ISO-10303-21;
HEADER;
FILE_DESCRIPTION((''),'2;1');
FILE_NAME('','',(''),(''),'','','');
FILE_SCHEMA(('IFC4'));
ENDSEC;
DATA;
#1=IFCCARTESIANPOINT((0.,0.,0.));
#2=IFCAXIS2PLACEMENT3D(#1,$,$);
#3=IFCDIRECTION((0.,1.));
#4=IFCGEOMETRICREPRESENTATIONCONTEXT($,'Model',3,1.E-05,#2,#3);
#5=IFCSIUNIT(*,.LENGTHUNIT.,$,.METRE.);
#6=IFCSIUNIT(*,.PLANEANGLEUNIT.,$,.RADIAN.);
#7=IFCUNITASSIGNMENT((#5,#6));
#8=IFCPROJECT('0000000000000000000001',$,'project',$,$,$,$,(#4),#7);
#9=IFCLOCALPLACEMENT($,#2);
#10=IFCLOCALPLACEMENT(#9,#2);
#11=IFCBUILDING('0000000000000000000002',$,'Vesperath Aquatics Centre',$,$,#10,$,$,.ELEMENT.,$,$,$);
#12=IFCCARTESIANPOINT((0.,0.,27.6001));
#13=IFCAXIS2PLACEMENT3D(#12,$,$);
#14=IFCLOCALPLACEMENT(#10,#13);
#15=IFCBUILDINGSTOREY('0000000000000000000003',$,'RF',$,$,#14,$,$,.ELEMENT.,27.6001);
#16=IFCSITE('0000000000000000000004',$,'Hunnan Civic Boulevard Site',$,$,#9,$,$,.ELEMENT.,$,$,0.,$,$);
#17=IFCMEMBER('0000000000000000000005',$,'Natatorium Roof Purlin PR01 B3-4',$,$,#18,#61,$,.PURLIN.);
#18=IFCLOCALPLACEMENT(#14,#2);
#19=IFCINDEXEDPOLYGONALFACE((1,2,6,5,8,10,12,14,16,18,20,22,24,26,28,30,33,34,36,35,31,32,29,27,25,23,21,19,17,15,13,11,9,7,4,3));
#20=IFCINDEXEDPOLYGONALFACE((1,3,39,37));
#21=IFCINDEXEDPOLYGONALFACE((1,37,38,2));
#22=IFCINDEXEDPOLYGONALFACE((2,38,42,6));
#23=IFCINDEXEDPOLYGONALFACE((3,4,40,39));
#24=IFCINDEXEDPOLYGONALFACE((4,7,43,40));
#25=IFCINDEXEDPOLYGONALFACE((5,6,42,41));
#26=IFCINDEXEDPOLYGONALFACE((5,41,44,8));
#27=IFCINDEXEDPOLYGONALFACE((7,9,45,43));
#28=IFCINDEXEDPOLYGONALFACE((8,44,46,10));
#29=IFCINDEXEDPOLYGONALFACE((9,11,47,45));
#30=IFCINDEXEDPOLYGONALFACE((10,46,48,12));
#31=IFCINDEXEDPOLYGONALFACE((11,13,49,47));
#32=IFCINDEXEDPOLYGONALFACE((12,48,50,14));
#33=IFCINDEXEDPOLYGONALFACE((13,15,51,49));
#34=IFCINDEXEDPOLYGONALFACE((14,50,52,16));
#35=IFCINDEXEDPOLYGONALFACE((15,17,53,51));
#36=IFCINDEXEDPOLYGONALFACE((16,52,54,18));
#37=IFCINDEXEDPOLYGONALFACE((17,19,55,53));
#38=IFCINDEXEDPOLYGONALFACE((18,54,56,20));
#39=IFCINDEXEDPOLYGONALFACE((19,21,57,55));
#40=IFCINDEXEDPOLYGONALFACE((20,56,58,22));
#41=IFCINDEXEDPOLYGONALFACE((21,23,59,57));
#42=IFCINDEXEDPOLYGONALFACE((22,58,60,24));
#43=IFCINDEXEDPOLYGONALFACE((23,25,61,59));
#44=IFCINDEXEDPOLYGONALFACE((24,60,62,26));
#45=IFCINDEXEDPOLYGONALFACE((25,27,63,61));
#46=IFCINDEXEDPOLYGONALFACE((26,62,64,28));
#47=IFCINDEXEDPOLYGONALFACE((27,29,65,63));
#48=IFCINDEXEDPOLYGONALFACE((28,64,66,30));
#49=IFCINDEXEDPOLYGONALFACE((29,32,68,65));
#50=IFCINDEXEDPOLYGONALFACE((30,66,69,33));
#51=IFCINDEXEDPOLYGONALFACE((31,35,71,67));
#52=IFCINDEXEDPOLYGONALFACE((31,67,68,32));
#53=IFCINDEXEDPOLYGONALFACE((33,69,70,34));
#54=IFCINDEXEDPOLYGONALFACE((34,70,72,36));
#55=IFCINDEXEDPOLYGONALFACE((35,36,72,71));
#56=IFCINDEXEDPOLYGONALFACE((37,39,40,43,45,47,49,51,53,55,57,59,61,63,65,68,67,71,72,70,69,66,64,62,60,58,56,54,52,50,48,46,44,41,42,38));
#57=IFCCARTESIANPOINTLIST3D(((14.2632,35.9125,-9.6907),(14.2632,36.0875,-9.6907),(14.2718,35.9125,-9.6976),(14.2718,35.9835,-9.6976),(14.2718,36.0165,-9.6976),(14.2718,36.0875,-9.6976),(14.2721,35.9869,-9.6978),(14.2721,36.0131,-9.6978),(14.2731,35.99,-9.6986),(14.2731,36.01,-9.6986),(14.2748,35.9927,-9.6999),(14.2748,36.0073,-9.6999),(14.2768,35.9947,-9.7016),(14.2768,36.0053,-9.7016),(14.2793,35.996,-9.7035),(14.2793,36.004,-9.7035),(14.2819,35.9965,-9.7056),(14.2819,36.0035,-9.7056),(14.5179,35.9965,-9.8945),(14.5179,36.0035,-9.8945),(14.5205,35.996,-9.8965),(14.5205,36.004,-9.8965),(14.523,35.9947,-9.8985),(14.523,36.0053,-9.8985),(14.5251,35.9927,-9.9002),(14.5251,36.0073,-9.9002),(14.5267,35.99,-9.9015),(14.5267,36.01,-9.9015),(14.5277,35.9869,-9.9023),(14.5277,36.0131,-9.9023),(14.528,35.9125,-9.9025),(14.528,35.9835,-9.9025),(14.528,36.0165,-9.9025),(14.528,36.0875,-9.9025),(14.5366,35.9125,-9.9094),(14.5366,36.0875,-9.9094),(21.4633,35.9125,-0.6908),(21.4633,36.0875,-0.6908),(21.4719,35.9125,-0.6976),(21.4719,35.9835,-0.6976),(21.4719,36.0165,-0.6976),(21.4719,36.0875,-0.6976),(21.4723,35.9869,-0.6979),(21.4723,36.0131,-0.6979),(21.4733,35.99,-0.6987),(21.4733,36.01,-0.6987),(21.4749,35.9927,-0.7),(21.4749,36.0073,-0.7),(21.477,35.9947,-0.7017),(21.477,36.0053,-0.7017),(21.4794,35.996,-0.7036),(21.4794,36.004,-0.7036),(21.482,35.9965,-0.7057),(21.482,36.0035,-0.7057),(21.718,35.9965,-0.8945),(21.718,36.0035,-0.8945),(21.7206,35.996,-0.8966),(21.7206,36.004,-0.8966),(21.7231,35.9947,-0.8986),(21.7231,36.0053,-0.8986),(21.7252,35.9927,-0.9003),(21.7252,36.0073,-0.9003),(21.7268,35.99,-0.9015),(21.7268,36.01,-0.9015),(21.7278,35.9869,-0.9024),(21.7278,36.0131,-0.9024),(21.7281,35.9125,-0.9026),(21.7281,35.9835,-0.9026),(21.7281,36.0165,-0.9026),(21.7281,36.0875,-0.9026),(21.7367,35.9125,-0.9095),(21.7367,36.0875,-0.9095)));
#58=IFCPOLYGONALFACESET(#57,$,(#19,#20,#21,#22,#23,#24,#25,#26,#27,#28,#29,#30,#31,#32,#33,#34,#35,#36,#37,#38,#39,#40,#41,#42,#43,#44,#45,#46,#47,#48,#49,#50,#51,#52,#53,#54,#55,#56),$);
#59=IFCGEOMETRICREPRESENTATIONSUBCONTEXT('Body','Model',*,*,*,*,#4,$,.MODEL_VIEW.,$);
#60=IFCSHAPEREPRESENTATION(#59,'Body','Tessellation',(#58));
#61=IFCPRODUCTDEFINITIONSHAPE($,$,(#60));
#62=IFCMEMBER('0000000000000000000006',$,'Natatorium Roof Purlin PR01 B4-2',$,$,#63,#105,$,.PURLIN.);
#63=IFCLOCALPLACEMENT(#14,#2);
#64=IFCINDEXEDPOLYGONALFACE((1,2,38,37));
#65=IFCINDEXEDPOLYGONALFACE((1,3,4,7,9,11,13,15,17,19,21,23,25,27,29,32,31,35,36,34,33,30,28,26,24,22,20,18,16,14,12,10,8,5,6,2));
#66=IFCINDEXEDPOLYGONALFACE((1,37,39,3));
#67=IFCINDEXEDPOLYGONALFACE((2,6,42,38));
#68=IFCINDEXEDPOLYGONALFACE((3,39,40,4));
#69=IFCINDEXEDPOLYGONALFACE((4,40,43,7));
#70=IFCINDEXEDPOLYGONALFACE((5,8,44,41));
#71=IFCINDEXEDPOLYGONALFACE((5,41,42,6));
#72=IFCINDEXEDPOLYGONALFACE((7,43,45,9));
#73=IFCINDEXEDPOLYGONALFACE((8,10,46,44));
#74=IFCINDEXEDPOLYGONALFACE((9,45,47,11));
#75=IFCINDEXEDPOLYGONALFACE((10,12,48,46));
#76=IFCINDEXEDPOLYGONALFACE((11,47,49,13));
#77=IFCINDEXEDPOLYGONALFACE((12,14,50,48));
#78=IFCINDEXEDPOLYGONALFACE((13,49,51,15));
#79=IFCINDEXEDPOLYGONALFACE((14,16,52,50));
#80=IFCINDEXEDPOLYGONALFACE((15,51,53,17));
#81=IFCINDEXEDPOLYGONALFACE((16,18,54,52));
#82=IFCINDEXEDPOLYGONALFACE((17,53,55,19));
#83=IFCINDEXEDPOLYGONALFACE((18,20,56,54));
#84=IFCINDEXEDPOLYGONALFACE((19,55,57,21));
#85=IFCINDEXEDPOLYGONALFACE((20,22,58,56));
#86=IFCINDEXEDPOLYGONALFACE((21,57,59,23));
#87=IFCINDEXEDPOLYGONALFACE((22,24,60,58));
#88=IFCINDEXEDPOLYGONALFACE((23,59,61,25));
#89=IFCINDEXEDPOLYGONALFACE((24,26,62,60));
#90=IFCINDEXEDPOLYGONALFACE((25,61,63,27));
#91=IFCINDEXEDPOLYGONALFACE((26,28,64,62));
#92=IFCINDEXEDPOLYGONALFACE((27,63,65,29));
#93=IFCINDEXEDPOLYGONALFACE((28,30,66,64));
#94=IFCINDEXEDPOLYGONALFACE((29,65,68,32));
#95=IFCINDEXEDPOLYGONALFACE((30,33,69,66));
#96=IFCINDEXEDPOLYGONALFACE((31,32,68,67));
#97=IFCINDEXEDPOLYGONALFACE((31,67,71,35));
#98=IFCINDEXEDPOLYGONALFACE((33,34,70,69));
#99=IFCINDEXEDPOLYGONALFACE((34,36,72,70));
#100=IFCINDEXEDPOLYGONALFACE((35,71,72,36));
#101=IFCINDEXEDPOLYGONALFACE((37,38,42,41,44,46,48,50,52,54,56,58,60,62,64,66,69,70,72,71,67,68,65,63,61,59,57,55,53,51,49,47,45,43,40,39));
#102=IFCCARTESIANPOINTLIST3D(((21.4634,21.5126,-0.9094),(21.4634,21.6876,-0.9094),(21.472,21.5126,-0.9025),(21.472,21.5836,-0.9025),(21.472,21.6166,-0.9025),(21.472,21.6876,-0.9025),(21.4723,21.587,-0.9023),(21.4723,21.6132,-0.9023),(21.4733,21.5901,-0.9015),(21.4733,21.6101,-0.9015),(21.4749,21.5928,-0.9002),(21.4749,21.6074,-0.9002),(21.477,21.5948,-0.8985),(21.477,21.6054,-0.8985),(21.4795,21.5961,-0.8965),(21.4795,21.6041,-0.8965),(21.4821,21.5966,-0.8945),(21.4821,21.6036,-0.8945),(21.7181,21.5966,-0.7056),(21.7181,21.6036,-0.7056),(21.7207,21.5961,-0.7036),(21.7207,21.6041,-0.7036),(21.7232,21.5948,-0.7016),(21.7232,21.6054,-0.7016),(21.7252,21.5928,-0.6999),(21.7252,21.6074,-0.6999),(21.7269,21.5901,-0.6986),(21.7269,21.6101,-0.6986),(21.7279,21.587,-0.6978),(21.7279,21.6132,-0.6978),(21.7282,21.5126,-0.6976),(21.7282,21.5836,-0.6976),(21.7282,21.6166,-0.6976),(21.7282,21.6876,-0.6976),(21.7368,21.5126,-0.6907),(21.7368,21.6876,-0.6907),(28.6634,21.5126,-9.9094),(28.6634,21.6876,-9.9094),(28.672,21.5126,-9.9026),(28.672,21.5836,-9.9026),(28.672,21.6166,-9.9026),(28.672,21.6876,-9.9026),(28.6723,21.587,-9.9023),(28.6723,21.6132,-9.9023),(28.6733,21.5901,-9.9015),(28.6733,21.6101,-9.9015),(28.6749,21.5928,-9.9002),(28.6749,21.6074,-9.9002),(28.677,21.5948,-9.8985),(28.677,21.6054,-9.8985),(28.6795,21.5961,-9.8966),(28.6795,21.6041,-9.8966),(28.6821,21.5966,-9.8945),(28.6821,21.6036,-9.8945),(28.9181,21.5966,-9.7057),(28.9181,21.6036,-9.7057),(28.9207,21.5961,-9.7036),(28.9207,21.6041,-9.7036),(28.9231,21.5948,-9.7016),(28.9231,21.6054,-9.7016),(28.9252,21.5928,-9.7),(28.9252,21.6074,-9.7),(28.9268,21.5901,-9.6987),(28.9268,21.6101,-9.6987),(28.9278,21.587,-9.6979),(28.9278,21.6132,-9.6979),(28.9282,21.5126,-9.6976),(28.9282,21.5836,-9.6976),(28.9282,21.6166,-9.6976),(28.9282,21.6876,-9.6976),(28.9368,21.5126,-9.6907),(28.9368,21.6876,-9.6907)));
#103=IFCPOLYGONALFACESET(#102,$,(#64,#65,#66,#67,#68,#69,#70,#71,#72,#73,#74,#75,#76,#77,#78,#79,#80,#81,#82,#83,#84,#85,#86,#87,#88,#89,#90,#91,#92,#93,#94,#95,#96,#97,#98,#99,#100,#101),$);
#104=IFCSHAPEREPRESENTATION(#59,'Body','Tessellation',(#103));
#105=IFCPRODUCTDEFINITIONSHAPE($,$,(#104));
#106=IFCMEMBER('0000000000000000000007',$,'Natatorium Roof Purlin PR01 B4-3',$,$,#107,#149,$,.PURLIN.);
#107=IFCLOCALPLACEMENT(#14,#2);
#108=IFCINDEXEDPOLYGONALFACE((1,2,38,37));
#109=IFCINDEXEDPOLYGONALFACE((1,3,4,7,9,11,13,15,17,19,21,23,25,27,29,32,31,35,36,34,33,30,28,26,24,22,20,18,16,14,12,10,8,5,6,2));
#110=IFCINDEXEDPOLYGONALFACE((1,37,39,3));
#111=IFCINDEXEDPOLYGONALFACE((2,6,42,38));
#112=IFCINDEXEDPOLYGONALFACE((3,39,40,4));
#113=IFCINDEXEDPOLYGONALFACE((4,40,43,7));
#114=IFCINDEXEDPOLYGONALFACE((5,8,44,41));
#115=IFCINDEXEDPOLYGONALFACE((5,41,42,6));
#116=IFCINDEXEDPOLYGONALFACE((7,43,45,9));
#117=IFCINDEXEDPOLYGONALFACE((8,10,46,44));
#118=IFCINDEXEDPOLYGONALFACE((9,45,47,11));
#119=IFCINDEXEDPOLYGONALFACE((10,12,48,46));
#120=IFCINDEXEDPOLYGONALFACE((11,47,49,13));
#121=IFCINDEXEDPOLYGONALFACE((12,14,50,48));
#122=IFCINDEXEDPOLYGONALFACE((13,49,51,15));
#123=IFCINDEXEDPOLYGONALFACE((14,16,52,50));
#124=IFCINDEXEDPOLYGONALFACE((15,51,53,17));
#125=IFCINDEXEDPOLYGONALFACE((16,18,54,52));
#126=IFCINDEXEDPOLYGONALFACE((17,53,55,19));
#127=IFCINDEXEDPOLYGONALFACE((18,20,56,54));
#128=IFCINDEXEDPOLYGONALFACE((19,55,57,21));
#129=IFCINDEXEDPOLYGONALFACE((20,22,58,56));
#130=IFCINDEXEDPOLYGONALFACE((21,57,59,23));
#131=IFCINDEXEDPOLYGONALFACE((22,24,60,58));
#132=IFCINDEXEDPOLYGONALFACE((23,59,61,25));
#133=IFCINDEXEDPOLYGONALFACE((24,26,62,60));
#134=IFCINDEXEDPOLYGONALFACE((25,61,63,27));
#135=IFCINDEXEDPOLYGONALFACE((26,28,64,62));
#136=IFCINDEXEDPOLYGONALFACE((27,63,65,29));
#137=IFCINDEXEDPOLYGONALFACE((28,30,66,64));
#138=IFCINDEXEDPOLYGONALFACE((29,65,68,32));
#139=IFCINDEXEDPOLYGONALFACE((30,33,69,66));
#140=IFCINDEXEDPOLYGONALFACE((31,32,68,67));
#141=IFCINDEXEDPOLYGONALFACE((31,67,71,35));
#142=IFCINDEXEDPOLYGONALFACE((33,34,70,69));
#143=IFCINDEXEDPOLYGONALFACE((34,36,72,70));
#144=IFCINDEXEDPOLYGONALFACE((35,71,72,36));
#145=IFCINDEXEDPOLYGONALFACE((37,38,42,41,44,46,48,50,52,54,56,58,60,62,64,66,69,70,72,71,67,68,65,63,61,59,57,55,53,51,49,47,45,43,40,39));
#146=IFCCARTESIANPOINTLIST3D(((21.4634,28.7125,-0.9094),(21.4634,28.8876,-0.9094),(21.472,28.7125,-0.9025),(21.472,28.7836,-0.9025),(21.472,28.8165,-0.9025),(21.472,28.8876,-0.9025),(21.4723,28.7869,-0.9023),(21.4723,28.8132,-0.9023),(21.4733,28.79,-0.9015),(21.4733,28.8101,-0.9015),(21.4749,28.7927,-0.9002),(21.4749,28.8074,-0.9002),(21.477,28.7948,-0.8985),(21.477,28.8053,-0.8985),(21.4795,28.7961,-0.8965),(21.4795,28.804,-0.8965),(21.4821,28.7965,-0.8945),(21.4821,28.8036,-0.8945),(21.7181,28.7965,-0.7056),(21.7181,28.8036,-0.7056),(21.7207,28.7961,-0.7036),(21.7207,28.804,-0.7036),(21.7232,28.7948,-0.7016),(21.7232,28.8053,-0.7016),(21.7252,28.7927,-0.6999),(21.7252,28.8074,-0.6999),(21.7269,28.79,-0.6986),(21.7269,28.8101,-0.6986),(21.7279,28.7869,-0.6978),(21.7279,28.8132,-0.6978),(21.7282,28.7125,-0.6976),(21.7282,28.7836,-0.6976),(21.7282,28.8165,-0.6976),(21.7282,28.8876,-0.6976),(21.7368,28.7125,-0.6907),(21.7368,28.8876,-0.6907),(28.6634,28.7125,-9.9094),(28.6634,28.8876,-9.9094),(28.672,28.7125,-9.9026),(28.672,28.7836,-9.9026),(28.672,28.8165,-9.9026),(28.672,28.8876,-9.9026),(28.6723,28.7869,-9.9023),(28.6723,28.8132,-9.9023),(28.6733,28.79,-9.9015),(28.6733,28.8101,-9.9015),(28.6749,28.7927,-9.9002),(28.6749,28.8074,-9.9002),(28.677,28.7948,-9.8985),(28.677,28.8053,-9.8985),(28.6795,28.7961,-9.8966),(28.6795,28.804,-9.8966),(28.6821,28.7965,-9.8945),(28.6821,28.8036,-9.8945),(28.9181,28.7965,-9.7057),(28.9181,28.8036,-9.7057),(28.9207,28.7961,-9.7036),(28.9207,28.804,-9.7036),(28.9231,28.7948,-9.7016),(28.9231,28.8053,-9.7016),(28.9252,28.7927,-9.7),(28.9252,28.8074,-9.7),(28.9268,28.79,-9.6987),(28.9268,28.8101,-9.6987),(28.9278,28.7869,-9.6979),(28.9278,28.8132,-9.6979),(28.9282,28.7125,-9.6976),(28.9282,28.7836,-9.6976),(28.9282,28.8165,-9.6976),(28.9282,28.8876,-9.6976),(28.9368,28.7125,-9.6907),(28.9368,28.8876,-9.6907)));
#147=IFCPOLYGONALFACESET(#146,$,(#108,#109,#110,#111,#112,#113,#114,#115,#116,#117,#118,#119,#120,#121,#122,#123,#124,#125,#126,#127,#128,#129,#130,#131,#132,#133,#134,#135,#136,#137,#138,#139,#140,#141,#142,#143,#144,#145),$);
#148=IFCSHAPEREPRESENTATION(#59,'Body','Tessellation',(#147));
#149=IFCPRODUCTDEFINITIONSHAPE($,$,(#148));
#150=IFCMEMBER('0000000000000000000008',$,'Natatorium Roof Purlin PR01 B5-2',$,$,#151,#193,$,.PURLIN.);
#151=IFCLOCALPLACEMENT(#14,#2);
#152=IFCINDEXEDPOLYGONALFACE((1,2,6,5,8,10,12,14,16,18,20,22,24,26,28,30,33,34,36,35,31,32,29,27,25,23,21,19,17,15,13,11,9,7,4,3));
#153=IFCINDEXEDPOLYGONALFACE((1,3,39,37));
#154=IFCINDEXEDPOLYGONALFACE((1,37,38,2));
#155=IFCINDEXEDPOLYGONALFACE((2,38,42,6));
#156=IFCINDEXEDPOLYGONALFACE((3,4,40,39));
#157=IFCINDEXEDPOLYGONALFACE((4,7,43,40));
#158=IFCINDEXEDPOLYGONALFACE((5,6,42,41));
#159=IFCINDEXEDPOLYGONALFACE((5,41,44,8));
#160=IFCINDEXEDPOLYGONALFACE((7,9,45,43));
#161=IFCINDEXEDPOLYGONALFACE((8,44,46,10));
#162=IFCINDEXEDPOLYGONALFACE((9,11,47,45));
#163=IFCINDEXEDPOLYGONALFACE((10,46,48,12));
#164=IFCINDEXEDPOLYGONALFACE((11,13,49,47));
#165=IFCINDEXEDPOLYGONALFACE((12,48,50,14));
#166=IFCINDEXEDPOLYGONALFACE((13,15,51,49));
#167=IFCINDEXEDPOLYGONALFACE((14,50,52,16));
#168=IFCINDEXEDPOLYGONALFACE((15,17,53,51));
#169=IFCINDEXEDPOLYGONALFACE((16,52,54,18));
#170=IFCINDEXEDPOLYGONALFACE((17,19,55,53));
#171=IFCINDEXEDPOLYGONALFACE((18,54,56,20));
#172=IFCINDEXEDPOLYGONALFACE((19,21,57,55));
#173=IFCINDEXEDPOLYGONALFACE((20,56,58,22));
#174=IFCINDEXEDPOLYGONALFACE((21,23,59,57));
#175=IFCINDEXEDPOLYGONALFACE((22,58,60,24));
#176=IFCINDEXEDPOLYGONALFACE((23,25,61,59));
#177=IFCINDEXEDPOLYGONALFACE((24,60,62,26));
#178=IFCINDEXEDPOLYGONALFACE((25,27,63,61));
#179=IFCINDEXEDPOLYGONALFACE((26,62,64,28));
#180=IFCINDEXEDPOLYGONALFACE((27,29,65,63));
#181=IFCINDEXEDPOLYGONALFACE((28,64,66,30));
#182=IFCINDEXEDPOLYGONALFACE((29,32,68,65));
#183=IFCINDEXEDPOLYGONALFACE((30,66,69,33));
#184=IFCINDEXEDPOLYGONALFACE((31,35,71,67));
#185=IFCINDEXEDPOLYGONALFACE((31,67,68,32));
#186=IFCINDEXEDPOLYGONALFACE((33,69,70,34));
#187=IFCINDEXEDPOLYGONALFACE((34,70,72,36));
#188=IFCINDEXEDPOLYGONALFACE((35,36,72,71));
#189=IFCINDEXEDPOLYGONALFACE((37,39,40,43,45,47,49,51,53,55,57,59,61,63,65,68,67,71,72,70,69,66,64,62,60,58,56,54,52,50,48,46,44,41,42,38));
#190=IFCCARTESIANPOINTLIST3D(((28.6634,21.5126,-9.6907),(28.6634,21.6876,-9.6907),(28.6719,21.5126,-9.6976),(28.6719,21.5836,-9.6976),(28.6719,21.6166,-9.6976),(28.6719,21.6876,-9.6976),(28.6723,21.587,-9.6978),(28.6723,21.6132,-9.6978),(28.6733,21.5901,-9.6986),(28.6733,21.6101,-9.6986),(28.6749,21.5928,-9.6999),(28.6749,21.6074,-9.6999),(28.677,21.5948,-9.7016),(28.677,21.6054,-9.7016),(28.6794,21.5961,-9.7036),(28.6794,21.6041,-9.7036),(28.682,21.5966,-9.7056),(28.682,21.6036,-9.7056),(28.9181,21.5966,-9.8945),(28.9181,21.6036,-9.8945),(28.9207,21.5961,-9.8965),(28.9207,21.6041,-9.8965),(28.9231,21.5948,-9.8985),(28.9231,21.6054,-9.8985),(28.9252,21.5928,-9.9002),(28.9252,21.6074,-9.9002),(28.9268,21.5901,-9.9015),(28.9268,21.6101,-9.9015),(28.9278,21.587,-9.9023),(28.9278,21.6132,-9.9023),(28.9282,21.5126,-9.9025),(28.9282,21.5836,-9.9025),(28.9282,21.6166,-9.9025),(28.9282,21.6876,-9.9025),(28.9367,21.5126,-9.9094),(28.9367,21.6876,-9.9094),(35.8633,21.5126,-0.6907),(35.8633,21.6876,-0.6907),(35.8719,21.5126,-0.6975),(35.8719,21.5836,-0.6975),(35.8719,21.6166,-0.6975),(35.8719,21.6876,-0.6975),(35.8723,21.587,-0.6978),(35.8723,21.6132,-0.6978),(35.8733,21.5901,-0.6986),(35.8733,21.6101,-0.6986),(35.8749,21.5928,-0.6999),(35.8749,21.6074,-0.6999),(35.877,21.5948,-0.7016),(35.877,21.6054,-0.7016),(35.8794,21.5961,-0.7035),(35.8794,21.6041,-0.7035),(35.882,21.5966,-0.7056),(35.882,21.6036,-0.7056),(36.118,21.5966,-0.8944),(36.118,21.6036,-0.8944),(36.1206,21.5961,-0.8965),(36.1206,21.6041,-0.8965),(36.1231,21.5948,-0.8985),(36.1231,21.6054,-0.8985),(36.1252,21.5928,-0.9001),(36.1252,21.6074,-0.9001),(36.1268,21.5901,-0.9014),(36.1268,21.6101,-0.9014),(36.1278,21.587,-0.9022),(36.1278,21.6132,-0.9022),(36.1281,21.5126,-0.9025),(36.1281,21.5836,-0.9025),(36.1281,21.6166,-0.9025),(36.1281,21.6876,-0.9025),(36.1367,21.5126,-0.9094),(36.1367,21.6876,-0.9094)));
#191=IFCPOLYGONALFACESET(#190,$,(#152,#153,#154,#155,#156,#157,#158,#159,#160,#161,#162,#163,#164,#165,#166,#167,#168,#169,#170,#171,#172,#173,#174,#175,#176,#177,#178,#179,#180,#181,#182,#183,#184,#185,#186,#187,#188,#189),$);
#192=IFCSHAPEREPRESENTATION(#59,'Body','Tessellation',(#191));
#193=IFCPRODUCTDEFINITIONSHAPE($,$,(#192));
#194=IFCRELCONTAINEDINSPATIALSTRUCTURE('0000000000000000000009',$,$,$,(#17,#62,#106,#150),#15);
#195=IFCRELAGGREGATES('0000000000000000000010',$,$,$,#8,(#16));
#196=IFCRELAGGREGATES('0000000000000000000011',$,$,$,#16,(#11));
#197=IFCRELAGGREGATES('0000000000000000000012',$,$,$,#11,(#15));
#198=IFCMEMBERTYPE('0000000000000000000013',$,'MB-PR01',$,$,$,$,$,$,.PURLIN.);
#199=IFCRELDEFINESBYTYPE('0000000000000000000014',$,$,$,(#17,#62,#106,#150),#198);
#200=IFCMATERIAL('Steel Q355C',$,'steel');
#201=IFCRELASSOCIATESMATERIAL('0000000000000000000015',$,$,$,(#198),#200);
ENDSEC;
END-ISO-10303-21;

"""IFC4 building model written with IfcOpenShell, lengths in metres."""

from ifc_helpers import new_model, si_unit, direction, frame, origin, origin_2d, place, context, subcontext, project, spatial, i_section, extrude, material, material_profile, profile_set, type_object, element, save


model = new_model("IFC4")

# Units and contexts
model_context = context("Model", 3, precision=1e-05, world=origin(), true_north=direction((0.0, 1.0)))
body_context = subcontext(model_context, "Body", "Model", "MODEL_VIEW")
ifc_project = project(units=[si_unit("LENGTHUNIT", "METRE"), si_unit("PLANEANGLEUNIT", "RADIAN")], contexts=[model_context])

# Site, building, storey
site_placement = place(None, origin())
site = spatial("IfcSite", under=ifc_project, at=site_placement, Name="Hunnan Civic Boulevard Site", CompositionType="ELEMENT", RefElevation=0.0)
building_placement = place(site_placement, origin())
building = spatial("IfcBuilding", under=site, at=building_placement, Name="Vesperath Aquatics Centre", CompositionType="ELEMENT")
storey_placement = place(building_placement, frame((0.0, 0.0, 27.6001)))
storey = spatial("IfcBuildingStorey", under=building, at=storey_placement, Name="RF", CompositionType="ELEMENT", Elevation=27.6001)

# Shared definitions
ifc_material_1 = material(Name="Steel Q355C", Category="steel")

# Members
ifc_material_profile_1 = material_profile(ifc_material_1, i_section(OverallWidth=0.175, OverallDepth=0.3501, WebThickness=0.0071, FlangeThickness=0.011, FilletRadius=0.0129, at=origin_2d()), Name="HN 350x175x7x11")
ifc_profile_set_1 = profile_set([ifc_material_profile_1], Name="Steel Q355C")
member_type_1 = type_object("IfcMemberType", Name="MB-PR01", PredefinedType="PURLIN", material=ifc_profile_set_1)
for number, where, z_axis, x_axis, name in (
    (1, (14.3999, 36.0, -9.8), (0.624705, 0.0, 0.780861), (0.0, 1.0, 0.0), "Natatorium Roof Purlin PR01 B3-4"),
    (2, (21.6001, 21.6001, -0.8), (0.624692, 0.0, -0.780871), (0.0, 1.0, 0.0), "Natatorium Roof Purlin PR01 B4-2"),
    (3, (21.6001, 28.8, -0.8), (0.624692, 0.0, -0.780871), (0.0, 1.0, 0.0), "Natatorium Roof Purlin PR01 B4-3"),
    (4, (28.8, 21.6001, -9.8), (0.624692, 0.0, 0.780871), (0.0, 1.0, 0.0), "Natatorium Roof Purlin PR01 B5-2"),
):
    element("IfcMember", number, at=place(storey_placement, frame(where, z_axis=z_axis, x_axis=x_axis)), inside=storey, type_object=member_type_1, Name=name, PredefinedType="PURLIN", context=body_context, shape_type="SweptSolid", body=[
        extrude(i_section(OverallWidth=0.175, OverallDepth=0.3501, WebThickness=0.0071, FlangeThickness=0.011, FilletRadius=0.0129, at=origin_2d()), origin(), (0.0, 0.0, 1.0), 11.5256),
    ])

save(model, "model.ifc")
